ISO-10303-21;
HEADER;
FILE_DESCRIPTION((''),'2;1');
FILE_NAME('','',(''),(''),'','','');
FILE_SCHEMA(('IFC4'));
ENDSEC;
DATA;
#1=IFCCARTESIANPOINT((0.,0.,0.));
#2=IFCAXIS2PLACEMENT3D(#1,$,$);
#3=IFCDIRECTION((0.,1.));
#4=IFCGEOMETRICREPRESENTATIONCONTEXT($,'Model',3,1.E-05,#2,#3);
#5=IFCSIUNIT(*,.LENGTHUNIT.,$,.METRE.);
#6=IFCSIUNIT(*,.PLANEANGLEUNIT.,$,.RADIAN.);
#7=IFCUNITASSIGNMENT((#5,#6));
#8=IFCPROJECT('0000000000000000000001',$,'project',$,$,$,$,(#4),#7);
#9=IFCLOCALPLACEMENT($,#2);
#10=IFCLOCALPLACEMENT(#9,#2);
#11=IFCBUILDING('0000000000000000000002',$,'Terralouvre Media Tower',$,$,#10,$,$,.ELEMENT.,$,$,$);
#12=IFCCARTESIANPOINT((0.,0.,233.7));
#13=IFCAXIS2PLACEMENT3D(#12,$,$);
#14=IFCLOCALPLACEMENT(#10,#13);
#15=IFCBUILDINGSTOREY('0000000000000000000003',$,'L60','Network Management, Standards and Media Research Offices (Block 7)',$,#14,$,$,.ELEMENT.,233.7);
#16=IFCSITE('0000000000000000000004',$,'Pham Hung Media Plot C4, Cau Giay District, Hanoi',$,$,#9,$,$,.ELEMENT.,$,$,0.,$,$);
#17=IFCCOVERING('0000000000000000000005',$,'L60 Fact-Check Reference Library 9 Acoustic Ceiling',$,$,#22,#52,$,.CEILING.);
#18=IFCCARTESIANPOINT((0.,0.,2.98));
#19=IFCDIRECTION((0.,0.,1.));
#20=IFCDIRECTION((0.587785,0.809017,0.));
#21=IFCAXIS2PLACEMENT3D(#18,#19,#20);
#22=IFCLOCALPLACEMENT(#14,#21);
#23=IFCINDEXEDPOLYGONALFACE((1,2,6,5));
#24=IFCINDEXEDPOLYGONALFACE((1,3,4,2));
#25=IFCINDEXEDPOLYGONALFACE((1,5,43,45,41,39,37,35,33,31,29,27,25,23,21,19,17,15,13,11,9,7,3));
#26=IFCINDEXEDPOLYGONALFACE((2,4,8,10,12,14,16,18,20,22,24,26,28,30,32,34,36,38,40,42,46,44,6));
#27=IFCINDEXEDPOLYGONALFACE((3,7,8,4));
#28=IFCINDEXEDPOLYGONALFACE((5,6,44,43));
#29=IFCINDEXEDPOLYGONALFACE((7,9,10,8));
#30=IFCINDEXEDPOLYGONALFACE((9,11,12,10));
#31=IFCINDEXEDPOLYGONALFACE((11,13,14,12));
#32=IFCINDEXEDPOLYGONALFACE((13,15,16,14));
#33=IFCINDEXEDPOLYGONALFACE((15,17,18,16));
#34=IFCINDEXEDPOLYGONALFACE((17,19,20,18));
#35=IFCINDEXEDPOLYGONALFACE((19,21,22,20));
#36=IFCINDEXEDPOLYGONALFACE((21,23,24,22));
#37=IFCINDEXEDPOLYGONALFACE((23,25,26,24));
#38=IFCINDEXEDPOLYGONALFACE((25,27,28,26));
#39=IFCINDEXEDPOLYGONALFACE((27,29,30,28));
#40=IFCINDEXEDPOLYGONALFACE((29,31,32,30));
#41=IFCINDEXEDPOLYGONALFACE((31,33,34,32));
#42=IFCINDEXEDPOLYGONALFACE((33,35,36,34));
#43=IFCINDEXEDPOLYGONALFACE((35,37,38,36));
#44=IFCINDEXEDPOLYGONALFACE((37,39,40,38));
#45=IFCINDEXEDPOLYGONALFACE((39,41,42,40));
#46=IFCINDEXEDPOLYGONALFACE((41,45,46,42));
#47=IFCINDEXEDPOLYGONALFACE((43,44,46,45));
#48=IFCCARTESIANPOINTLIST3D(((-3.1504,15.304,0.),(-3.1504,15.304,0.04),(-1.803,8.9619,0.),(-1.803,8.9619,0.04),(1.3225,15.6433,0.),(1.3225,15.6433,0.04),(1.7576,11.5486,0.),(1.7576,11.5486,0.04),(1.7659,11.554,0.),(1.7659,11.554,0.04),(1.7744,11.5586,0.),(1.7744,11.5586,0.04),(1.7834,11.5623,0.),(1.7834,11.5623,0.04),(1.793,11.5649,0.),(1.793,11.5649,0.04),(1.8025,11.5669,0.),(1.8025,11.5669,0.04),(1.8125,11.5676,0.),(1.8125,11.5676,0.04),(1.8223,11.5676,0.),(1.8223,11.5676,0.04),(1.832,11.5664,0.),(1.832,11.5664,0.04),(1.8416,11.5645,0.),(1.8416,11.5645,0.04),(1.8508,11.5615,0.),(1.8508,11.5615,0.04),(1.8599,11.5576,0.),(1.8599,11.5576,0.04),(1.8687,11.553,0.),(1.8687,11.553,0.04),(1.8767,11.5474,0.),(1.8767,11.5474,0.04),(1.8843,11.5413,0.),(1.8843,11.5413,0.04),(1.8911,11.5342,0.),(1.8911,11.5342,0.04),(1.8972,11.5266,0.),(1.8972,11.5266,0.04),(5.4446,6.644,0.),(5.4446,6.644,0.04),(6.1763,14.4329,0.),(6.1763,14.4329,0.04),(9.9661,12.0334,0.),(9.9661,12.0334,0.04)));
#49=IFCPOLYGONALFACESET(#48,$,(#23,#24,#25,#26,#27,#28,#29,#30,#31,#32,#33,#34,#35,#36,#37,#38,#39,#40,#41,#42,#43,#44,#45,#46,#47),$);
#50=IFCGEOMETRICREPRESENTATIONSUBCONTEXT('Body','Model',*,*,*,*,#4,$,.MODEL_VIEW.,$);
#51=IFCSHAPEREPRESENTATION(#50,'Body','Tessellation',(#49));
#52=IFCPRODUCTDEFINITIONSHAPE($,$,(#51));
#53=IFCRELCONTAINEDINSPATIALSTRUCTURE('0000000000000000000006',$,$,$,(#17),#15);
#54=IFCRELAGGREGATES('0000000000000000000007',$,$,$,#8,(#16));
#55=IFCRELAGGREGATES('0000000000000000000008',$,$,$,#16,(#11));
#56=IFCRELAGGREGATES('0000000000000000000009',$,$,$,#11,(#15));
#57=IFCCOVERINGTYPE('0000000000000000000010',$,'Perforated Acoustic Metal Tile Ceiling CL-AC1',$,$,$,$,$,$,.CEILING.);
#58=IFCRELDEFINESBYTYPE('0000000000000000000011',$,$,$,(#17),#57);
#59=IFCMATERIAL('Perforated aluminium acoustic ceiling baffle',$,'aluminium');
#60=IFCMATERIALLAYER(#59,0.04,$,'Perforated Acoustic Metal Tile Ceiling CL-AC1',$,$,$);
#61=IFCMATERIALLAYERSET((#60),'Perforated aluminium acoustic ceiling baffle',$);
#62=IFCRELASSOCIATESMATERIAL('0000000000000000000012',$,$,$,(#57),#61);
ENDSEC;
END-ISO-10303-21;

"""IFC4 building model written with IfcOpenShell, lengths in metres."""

from ifc_helpers import new_model, si_unit, direction, frame, origin, place, context, subcontext, project, spatial, polyline, outline, extrude, material, layer, layer_set, type_object, element, save


model = new_model("IFC4")

# Units and contexts
model_context = context("Model", 3, precision=1e-05, world=origin(), true_north=direction((0.0, 1.0)))
body_context = subcontext(model_context, "Body", "Model", "MODEL_VIEW")
ifc_project = project(units=[si_unit("LENGTHUNIT", "METRE"), si_unit("PLANEANGLEUNIT", "RADIAN")], contexts=[model_context])

# Site, building, storey
site_placement = place(None, origin())
site = spatial("IfcSite", under=ifc_project, at=site_placement, Name="Pham Hung Media Plot C4, Cau Giay District, Hanoi", CompositionType="ELEMENT", RefElevation=0.0)
building_placement = place(site_placement, origin())
building = spatial("IfcBuilding", under=site, at=building_placement, Name="Terralouvre Media Tower", CompositionType="ELEMENT")
storey_placement = place(building_placement, frame((0.0, 0.0, 233.7)))
storey = spatial("IfcBuildingStorey", under=building, at=storey_placement, Name="L60", Description="Network Management, Standards and Media Research Offices (Block 7)", CompositionType="ELEMENT", Elevation=233.7)

# Covering
ifc_material_1 = material(Name="Perforated aluminium acoustic ceiling baffle", Category="aluminium")
ifc_layer_1 = layer(ifc_material_1, 0.04, Name="Perforated Acoustic Metal Tile Ceiling CL-AC1")
ifc_layer_set_1 = layer_set([ifc_layer_1], Name="Perforated aluminium acoustic ceiling baffle")
covering_type = type_object("IfcCoveringType", Name="Perforated Acoustic Metal Tile Ceiling CL-AC1", PredefinedType="CEILING", material=ifc_layer_set_1)
covering_placement = place(storey_placement, frame((0.0, 0.0, 2.98), z_axis=(0.0, 0.0, 1.0), x_axis=(0.587785, 0.809017, 0.0)))
element("IfcCovering", 1, at=covering_placement, inside=storey, type_object=covering_type, Name="L60 Fact-Check Reference Library 9 Acoustic Ceiling", PredefinedType="CEILING", context=body_context, shape_type="SweptSolid", body=[
    extrude(outline(polyline([(6.1763, 14.4329), (1.3225, 15.6433), (-3.1504, 15.304), (-1.803, 8.9619), (1.7576, 11.5486), (1.7659, 11.554), (1.7744, 11.5586), (1.7834, 11.5623), (1.793, 11.5649), (1.8025, 11.5669), (1.8125, 11.5676), (1.8223, 11.5676), (1.832, 11.5664), (1.8416, 11.5645), (1.8508, 11.5615), (1.8599, 11.5576), (1.8687, 11.553), (1.8767, 11.5474), (1.8843, 11.5413), (1.8911, 11.5342), (1.8972, 11.5266), (5.4446, 6.644), (9.9661, 12.0334), (6.1763, 14.4329)])), origin(), (0.0, 0.0, 1.0), 0.04),
])

save(model, "model.ifc")
